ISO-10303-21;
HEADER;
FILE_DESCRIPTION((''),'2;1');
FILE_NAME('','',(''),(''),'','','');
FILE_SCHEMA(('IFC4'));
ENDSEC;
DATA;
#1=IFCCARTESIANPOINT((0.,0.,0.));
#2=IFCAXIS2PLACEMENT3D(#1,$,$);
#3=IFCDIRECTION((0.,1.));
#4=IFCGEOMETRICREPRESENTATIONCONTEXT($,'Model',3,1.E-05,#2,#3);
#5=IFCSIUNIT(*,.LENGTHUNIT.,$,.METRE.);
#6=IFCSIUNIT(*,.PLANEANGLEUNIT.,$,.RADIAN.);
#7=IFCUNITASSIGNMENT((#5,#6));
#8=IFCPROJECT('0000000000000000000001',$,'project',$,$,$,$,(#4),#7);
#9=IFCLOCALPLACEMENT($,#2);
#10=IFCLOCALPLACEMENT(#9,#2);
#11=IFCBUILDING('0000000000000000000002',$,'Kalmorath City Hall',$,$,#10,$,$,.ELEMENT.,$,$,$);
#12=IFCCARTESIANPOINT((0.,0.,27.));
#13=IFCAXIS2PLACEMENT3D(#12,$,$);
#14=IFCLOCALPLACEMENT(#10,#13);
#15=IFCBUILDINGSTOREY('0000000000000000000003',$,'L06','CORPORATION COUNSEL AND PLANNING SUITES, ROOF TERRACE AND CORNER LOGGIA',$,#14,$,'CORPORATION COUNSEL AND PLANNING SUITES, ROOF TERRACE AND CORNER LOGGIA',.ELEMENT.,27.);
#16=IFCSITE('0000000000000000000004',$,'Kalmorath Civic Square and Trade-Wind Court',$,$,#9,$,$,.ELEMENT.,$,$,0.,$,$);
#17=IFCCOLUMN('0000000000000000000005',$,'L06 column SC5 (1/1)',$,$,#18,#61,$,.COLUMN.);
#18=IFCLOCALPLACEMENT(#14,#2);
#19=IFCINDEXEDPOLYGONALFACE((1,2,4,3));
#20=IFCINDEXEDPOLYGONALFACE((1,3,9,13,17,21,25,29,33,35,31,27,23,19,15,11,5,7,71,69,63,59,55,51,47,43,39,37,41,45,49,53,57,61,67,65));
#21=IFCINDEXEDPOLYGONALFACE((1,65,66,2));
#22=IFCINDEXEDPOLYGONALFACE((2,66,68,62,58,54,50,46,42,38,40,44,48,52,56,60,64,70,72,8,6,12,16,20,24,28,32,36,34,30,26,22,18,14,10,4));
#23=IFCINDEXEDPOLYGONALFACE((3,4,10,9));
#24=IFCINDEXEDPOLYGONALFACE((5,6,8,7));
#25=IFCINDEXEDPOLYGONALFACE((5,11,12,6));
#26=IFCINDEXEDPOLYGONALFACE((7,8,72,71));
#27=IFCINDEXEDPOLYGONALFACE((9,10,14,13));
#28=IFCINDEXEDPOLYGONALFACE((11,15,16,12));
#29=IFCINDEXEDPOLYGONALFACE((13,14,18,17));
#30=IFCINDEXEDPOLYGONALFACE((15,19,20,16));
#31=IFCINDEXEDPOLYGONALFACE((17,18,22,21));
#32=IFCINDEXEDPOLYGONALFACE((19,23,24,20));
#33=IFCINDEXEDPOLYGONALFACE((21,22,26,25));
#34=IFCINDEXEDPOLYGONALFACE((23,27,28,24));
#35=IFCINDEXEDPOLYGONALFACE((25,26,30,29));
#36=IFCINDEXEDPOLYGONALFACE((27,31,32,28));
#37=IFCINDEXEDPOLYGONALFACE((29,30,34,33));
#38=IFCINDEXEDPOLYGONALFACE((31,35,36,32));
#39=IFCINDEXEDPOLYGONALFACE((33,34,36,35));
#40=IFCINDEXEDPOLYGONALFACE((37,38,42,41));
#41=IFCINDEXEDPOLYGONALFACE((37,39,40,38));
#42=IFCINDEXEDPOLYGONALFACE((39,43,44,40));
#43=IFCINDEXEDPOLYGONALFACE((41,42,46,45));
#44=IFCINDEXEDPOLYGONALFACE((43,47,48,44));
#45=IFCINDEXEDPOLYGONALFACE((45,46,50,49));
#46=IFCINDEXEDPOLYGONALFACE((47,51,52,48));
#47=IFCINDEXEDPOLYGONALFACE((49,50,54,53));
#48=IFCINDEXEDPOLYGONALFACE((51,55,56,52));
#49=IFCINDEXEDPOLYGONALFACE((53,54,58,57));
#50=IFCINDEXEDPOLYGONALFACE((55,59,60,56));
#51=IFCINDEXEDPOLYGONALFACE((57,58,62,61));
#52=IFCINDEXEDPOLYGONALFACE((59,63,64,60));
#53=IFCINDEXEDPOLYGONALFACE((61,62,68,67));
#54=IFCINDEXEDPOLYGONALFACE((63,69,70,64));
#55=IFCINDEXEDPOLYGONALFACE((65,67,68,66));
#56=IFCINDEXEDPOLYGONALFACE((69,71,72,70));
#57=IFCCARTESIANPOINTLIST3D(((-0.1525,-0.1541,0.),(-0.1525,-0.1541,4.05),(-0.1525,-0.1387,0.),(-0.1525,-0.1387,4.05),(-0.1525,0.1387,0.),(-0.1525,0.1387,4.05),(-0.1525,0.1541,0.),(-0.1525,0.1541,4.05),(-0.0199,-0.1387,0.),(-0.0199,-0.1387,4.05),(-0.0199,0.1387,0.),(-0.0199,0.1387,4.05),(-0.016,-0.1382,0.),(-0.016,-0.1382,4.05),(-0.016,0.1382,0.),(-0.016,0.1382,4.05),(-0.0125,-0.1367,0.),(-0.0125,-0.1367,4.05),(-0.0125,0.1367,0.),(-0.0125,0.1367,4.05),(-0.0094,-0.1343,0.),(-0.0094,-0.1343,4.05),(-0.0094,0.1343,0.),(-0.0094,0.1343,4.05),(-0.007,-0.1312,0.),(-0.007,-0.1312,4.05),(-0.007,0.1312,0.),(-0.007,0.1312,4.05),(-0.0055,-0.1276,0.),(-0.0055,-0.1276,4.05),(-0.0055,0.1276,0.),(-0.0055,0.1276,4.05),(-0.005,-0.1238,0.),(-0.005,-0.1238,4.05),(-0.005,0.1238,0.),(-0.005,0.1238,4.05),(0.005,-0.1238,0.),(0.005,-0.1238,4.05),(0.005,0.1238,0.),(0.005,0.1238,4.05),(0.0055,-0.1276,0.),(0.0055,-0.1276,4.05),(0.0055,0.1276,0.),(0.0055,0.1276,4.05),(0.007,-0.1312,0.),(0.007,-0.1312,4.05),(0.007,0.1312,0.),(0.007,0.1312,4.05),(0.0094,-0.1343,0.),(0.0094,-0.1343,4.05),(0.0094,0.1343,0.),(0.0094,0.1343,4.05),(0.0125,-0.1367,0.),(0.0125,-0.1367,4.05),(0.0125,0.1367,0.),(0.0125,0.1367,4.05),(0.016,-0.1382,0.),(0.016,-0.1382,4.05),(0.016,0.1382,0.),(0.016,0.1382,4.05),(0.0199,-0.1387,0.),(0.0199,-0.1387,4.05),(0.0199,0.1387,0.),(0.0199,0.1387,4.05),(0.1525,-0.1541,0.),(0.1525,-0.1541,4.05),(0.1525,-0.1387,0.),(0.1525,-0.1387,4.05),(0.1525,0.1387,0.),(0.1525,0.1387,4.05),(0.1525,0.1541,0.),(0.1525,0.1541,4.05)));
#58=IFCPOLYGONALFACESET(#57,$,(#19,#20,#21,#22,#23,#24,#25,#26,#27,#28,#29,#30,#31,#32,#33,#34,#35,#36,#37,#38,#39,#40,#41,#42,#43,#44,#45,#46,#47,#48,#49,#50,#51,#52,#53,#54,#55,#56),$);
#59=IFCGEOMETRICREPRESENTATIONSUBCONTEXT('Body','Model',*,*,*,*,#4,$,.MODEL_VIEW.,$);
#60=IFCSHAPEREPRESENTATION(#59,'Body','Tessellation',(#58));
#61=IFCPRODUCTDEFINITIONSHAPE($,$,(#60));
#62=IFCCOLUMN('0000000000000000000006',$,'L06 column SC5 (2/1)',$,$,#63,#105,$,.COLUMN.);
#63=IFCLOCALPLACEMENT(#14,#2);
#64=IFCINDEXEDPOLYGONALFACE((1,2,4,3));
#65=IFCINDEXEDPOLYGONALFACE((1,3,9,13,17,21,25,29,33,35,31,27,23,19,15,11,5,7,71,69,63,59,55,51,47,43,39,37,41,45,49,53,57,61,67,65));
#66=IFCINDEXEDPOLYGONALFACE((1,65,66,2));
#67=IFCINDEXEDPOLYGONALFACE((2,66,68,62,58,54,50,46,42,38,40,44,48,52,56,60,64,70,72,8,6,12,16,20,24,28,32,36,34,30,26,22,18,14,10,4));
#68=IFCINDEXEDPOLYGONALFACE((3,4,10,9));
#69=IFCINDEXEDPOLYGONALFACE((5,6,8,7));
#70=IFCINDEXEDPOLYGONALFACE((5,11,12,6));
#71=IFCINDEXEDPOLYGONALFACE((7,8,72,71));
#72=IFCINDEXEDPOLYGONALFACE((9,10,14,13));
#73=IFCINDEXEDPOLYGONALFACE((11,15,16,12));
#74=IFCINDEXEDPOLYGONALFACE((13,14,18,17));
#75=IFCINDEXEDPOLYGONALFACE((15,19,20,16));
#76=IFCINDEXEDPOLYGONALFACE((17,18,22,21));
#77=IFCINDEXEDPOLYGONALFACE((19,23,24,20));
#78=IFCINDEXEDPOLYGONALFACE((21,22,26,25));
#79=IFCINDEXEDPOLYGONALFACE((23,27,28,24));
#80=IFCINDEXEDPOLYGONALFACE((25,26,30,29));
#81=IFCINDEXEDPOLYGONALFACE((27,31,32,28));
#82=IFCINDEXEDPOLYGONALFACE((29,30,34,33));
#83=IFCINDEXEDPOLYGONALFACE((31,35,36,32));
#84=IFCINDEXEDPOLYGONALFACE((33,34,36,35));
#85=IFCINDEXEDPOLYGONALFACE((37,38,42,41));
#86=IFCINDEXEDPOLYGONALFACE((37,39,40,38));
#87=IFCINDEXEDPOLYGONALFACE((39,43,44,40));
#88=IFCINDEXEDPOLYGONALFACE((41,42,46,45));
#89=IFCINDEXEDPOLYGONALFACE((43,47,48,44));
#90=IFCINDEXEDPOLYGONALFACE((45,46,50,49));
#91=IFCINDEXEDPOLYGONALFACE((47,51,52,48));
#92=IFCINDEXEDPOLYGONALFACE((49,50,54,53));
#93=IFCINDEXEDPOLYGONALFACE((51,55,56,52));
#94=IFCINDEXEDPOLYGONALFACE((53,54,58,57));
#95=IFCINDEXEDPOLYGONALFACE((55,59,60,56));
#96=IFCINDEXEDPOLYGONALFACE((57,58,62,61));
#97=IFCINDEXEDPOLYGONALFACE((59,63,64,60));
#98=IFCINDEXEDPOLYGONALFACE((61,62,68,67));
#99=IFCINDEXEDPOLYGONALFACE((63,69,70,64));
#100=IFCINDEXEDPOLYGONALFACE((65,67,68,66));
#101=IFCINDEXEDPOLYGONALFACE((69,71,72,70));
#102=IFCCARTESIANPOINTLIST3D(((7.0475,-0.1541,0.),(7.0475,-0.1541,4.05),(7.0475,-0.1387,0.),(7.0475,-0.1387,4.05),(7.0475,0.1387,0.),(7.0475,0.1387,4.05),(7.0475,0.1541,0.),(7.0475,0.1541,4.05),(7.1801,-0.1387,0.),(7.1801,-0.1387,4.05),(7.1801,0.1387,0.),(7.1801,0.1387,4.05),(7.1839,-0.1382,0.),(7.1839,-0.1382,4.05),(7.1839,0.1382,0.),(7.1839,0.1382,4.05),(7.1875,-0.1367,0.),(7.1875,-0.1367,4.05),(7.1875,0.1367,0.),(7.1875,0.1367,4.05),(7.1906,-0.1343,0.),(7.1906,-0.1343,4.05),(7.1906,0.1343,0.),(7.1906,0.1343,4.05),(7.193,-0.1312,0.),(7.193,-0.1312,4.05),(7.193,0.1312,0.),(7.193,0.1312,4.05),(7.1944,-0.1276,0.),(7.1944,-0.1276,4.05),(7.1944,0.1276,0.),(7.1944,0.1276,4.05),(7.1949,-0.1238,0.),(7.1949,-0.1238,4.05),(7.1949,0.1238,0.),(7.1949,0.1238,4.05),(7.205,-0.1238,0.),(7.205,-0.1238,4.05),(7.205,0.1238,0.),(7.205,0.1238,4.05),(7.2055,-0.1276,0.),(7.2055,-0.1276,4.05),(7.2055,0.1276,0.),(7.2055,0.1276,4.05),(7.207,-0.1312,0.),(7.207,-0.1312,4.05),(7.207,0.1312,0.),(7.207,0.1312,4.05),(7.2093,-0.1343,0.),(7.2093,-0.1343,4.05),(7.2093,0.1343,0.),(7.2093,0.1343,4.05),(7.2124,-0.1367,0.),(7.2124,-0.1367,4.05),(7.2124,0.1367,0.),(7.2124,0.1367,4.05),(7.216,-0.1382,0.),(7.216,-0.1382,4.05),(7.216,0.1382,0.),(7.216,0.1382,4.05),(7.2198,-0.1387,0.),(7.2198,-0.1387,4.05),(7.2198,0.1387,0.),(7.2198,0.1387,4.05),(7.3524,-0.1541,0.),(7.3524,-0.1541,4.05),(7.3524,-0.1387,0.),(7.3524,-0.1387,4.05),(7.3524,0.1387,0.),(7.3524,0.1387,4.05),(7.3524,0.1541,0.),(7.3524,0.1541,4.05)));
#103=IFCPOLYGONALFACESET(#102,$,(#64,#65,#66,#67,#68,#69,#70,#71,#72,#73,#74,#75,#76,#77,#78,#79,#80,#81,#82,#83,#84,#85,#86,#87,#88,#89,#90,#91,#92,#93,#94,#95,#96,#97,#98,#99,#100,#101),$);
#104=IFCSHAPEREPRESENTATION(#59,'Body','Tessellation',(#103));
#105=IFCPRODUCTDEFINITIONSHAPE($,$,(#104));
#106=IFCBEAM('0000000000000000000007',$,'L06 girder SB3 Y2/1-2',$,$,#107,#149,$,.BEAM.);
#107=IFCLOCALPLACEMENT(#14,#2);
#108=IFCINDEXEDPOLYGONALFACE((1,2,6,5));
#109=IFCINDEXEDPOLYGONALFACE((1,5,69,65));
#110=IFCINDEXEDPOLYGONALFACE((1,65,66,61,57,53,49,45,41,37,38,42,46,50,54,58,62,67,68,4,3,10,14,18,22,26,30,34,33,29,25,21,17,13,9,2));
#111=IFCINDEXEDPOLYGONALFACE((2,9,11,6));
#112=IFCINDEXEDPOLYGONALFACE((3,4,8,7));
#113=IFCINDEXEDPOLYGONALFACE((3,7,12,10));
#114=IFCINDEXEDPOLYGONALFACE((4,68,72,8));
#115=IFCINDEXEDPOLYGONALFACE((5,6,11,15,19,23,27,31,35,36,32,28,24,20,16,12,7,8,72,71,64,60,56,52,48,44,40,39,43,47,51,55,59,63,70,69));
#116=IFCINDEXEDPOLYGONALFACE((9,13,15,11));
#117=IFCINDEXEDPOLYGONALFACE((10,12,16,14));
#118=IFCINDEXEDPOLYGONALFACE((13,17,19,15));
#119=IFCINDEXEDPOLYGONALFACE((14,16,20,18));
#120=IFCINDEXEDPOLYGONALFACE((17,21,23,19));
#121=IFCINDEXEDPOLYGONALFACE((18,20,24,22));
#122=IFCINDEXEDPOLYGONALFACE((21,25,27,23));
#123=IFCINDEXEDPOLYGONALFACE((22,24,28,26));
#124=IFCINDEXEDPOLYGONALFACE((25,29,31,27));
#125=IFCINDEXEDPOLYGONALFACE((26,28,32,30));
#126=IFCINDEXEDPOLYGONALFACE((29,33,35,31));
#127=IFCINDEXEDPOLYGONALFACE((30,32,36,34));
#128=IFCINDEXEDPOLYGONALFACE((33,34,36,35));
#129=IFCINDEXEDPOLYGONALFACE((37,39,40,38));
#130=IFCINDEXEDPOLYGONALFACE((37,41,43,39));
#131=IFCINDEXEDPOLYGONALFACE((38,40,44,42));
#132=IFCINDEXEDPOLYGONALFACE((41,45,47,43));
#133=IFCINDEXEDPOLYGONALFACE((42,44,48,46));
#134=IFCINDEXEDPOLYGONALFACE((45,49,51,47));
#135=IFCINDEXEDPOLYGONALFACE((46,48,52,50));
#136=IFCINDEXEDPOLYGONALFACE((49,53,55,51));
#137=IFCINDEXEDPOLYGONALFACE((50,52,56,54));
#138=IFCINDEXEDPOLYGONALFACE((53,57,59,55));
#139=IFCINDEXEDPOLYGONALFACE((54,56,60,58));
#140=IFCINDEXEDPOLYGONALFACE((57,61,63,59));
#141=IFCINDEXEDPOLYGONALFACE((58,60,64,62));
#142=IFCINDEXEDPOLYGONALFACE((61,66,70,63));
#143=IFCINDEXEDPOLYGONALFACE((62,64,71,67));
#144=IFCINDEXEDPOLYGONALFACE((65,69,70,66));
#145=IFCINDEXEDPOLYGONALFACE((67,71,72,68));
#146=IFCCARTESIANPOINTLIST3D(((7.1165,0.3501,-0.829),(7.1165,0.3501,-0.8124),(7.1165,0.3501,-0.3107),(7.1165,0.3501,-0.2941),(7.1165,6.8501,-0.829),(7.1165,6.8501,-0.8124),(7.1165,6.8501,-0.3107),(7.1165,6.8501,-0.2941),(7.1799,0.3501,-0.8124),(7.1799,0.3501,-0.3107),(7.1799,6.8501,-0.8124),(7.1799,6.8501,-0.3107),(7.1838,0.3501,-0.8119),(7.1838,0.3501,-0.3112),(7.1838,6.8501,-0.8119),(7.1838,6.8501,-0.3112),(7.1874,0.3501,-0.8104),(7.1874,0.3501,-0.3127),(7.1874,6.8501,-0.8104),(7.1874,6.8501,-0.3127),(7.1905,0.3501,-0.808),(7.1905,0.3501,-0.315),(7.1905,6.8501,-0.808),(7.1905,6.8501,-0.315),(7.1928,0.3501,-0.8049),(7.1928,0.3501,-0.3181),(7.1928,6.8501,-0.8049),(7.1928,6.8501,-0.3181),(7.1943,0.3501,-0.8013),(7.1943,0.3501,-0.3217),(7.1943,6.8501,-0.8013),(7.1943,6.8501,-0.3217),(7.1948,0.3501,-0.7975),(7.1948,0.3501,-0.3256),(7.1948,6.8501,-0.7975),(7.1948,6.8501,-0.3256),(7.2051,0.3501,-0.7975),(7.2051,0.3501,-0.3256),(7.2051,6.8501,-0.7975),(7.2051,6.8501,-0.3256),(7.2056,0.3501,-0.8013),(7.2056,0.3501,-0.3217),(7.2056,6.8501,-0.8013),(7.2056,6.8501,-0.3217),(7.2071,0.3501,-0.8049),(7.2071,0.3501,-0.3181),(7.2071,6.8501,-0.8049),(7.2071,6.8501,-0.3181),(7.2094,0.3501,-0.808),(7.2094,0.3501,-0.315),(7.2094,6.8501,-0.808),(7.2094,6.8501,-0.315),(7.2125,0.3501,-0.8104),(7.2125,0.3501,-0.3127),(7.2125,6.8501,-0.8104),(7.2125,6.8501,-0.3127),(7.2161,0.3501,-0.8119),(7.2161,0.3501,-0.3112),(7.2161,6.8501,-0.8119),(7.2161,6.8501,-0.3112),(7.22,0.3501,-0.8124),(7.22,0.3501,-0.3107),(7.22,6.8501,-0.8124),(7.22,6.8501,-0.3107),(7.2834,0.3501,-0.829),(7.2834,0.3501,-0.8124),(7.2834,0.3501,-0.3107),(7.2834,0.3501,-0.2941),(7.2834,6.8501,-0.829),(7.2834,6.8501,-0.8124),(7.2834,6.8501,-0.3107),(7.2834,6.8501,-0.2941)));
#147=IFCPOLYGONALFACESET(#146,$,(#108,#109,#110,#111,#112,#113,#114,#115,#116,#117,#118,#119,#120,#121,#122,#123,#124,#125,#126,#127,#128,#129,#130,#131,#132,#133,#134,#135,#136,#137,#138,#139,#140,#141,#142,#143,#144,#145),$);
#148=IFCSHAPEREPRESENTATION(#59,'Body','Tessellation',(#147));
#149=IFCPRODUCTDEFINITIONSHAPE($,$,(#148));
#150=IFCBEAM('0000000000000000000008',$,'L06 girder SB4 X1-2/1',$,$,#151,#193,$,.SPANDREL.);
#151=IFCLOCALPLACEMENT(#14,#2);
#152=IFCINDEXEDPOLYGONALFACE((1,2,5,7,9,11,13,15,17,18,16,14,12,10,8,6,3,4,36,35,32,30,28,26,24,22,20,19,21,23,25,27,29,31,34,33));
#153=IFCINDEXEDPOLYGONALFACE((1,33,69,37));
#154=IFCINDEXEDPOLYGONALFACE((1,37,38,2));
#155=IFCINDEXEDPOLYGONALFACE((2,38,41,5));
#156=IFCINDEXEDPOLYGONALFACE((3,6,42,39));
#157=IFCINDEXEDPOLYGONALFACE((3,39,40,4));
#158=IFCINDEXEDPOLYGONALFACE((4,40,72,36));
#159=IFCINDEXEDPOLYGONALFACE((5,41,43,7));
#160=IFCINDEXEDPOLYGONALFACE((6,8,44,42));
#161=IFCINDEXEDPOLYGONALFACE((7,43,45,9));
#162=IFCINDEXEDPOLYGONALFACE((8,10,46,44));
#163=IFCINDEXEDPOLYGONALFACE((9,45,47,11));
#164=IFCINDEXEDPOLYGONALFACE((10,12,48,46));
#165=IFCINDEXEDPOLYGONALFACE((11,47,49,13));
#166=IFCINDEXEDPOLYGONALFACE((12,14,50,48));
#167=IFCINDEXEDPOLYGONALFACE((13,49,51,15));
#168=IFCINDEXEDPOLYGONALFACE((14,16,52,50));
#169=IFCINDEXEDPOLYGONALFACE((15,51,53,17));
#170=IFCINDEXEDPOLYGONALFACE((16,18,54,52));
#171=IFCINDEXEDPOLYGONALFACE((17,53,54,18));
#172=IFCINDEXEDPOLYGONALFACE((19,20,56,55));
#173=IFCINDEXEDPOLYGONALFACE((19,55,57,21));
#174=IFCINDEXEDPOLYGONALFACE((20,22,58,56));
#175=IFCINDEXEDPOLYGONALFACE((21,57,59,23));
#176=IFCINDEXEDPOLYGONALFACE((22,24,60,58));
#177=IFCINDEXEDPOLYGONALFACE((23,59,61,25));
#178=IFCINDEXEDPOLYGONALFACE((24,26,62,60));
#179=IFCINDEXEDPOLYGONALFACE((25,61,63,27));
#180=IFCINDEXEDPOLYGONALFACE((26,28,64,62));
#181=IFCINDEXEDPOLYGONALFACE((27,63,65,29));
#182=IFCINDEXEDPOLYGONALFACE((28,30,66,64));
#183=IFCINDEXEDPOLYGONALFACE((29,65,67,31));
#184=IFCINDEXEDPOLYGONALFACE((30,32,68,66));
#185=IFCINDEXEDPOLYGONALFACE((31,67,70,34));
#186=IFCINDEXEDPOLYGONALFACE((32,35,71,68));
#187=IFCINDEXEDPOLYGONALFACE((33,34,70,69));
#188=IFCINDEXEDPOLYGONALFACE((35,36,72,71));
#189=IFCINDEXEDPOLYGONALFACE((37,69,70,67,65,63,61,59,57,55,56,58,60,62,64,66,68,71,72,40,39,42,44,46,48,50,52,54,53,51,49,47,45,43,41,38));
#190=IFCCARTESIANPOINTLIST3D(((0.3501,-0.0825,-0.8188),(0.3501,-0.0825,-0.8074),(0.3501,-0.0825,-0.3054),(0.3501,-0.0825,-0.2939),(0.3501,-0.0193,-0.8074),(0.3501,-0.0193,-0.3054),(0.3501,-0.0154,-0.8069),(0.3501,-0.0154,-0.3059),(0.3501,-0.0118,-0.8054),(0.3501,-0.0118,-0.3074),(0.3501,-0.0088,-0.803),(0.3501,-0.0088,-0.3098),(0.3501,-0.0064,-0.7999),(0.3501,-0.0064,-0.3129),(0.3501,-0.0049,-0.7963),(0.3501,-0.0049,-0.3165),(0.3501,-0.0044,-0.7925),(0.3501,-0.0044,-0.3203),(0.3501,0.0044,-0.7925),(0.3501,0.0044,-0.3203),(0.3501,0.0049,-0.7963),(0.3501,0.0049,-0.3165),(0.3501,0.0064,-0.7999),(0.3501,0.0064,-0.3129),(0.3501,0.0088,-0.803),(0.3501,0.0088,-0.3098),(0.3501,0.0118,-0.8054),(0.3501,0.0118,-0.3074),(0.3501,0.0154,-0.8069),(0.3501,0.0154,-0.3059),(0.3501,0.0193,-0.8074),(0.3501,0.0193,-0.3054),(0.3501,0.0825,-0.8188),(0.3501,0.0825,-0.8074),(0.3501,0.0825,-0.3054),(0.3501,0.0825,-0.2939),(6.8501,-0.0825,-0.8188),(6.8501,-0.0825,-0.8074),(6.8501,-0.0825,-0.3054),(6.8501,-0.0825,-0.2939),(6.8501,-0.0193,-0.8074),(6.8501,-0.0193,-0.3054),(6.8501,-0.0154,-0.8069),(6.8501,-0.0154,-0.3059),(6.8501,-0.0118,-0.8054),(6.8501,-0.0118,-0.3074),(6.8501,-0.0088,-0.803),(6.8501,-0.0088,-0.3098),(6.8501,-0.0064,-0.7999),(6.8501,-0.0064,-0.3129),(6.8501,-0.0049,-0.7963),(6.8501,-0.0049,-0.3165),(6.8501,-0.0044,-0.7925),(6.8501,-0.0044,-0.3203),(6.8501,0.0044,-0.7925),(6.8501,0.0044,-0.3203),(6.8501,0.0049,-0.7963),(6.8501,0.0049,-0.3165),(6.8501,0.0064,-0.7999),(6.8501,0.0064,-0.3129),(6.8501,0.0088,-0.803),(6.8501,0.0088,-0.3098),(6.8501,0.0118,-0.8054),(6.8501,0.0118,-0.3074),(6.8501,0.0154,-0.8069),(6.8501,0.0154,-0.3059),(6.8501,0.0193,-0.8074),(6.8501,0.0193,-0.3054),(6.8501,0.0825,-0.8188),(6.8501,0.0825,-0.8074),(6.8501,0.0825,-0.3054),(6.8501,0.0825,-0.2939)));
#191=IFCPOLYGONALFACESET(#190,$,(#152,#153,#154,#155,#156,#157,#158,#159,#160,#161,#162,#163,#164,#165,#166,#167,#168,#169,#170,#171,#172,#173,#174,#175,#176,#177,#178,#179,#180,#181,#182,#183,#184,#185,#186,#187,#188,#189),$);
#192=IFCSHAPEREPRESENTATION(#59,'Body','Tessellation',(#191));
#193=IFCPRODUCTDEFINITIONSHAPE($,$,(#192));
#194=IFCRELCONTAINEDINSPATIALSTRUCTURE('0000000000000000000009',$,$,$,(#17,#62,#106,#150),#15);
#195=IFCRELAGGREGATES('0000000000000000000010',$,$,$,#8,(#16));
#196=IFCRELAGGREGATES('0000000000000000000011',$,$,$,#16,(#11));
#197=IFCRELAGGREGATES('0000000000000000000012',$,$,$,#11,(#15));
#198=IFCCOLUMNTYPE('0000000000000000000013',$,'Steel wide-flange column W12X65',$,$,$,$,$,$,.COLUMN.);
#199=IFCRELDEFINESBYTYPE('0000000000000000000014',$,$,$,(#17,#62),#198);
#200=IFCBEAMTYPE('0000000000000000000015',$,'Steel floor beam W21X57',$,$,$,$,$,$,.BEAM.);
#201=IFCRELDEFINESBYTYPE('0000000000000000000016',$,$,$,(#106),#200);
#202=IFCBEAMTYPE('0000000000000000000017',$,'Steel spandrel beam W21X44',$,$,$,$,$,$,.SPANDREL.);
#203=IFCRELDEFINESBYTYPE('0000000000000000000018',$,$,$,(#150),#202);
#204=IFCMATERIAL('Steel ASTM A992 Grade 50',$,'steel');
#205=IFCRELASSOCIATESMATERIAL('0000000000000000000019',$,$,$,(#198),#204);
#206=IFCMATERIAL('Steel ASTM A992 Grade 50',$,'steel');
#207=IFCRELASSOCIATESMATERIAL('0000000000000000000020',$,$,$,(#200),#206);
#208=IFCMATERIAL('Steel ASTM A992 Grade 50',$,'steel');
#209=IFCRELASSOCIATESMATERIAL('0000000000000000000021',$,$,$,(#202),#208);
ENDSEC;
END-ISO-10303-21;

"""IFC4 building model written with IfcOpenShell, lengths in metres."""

from ifc_helpers import new_model, si_unit, direction, frame, origin, origin_2d, place, context, subcontext, project, spatial, i_section, extrude, material, material_profile, profile_set, type_object, element, save


model = new_model("IFC4")

# Units and contexts
model_context = context("Model", 3, precision=1e-05, world=origin(), true_north=direction((0.0, 1.0)))
body_context = subcontext(model_context, "Body", "Model", "MODEL_VIEW")
ifc_project = project(units=[si_unit("LENGTHUNIT", "METRE"), si_unit("PLANEANGLEUNIT", "RADIAN")], contexts=[model_context])

# Site, building, storey
site_placement = place(None, origin())
site = spatial("IfcSite", under=ifc_project, at=site_placement, Name="Kalmorath Civic Square and Trade-Wind Court", CompositionType="ELEMENT", RefElevation=0.0)
building_placement = place(site_placement, origin())
building = spatial("IfcBuilding", under=site, at=building_placement, Name="Kalmorath City Hall", CompositionType="ELEMENT")
storey_placement = place(building_placement, frame((0.0, 0.0, 27.0)))
storey = spatial("IfcBuildingStorey", under=building, at=storey_placement, Name="L06", Description="CORPORATION COUNSEL AND PLANNING SUITES, ROOF TERRACE AND CORNER LOGGIA", LongName="CORPORATION COUNSEL AND PLANNING SUITES, ROOF TERRACE AND CORNER LOGGIA", CompositionType="ELEMENT", Elevation=27.0)

# Columns
ifc_material_1 = material(Name="Steel ASTM A992 Grade 50", Category="steel")
ifc_material_profile_1 = material_profile(ifc_material_1, i_section(OverallWidth=0.3049, OverallDepth=0.3081, WebThickness=0.01, FlangeThickness=0.0154, FilletRadius=0.0149, at=origin_2d()), Name="W12X65")
ifc_profile_set_1 = profile_set([ifc_material_profile_1], Name="Steel ASTM A992 Grade 50")
column_type = type_object("IfcColumnType", Name="Steel wide-flange column W12X65", PredefinedType="COLUMN", material=ifc_profile_set_1)
for number, where, z_axis, x_axis, name in (
    (1, (0.0, 0.0, 0.0), (0.0, 0.0, 1.0), (1.0, 0.0, 0.0), "L06 column SC5 (1/1)"),
    (2, (7.2, 0.0, 0.0), (0.0, 0.0, 1.0), (1.0, 0.0, 0.0), "L06 column SC5 (2/1)"),
):
    element("IfcColumn", number, at=place(storey_placement, frame(where, z_axis=z_axis, x_axis=x_axis)), inside=storey, type_object=column_type, Name=name, PredefinedType="COLUMN", context=body_context, shape_type="SweptSolid", body=[
        extrude(i_section(OverallWidth=0.3049, OverallDepth=0.3081, WebThickness=0.01, FlangeThickness=0.0154, FilletRadius=0.0149, at=origin_2d()), origin(), (0.0, 0.0, 1.0), 4.05),
    ])

# Beams
ifc_material_2 = material(Name="Steel ASTM A992 Grade 50", Category="steel")
ifc_material_profile_2 = material_profile(ifc_material_2, i_section(OverallWidth=0.167, OverallDepth=0.5349, WebThickness=0.0103, FlangeThickness=0.0166, FilletRadius=0.0149, at=origin_2d()), Name="W21X57")
ifc_profile_set_2 = profile_set([ifc_material_profile_2], Name="Steel ASTM A992 Grade 50")
beam_type_1 = type_object("IfcBeamType", Name="Steel floor beam W21X57", PredefinedType="BEAM", material=ifc_profile_set_2)
beam_placement = place(storey_placement, frame((7.2, 0.3501, -0.5615), z_axis=(0.0, 1.0, 0.0), x_axis=(-1.0, 0.0, 0.0)))
element("IfcBeam", 3, at=beam_placement, inside=storey, type_object=beam_type_1, Name="L06 girder SB3 Y2/1-2", PredefinedType="BEAM", context=body_context, shape_type="SweptSolid", body=[
    extrude(i_section(OverallWidth=0.167, OverallDepth=0.5349, WebThickness=0.0103, FlangeThickness=0.0166, FilletRadius=0.0149, at=origin_2d()), origin(), (0.0, 0.0, 1.0), 6.5),
])
ifc_material_3 = material(Name="Steel ASTM A992 Grade 50", Category="steel")
ifc_material_profile_3 = material_profile(ifc_material_3, i_section(OverallWidth=0.165, OverallDepth=0.5249, WebThickness=0.0088, FlangeThickness=0.0115, FilletRadius=0.0149, at=origin_2d()), Name="W21X44")
ifc_profile_set_3 = profile_set([ifc_material_profile_3], Name="Steel ASTM A992 Grade 50")
beam_type_2 = type_object("IfcBeamType", Name="Steel spandrel beam W21X44", PredefinedType="SPANDREL", material=ifc_profile_set_3)
for number, where, z_axis, x_axis, name in (
    (4, (0.3501, 0.0, -0.5564), (1.0, 0.0, 0.0), (0.0, 1.0, 0.0), "L06 girder SB4 X1-2/1"),
):
    element("IfcBeam", number, at=place(storey_placement, frame(where, z_axis=z_axis, x_axis=x_axis)), inside=storey, type_object=beam_type_2, Name=name, PredefinedType="SPANDREL", context=body_context, shape_type="SweptSolid", body=[
        extrude(i_section(OverallWidth=0.165, OverallDepth=0.5249, WebThickness=0.0088, FlangeThickness=0.0115, FilletRadius=0.0149, at=origin_2d()), origin(), (0.0, 0.0, 1.0), 6.5),
    ])

save(model, "model.ifc")
